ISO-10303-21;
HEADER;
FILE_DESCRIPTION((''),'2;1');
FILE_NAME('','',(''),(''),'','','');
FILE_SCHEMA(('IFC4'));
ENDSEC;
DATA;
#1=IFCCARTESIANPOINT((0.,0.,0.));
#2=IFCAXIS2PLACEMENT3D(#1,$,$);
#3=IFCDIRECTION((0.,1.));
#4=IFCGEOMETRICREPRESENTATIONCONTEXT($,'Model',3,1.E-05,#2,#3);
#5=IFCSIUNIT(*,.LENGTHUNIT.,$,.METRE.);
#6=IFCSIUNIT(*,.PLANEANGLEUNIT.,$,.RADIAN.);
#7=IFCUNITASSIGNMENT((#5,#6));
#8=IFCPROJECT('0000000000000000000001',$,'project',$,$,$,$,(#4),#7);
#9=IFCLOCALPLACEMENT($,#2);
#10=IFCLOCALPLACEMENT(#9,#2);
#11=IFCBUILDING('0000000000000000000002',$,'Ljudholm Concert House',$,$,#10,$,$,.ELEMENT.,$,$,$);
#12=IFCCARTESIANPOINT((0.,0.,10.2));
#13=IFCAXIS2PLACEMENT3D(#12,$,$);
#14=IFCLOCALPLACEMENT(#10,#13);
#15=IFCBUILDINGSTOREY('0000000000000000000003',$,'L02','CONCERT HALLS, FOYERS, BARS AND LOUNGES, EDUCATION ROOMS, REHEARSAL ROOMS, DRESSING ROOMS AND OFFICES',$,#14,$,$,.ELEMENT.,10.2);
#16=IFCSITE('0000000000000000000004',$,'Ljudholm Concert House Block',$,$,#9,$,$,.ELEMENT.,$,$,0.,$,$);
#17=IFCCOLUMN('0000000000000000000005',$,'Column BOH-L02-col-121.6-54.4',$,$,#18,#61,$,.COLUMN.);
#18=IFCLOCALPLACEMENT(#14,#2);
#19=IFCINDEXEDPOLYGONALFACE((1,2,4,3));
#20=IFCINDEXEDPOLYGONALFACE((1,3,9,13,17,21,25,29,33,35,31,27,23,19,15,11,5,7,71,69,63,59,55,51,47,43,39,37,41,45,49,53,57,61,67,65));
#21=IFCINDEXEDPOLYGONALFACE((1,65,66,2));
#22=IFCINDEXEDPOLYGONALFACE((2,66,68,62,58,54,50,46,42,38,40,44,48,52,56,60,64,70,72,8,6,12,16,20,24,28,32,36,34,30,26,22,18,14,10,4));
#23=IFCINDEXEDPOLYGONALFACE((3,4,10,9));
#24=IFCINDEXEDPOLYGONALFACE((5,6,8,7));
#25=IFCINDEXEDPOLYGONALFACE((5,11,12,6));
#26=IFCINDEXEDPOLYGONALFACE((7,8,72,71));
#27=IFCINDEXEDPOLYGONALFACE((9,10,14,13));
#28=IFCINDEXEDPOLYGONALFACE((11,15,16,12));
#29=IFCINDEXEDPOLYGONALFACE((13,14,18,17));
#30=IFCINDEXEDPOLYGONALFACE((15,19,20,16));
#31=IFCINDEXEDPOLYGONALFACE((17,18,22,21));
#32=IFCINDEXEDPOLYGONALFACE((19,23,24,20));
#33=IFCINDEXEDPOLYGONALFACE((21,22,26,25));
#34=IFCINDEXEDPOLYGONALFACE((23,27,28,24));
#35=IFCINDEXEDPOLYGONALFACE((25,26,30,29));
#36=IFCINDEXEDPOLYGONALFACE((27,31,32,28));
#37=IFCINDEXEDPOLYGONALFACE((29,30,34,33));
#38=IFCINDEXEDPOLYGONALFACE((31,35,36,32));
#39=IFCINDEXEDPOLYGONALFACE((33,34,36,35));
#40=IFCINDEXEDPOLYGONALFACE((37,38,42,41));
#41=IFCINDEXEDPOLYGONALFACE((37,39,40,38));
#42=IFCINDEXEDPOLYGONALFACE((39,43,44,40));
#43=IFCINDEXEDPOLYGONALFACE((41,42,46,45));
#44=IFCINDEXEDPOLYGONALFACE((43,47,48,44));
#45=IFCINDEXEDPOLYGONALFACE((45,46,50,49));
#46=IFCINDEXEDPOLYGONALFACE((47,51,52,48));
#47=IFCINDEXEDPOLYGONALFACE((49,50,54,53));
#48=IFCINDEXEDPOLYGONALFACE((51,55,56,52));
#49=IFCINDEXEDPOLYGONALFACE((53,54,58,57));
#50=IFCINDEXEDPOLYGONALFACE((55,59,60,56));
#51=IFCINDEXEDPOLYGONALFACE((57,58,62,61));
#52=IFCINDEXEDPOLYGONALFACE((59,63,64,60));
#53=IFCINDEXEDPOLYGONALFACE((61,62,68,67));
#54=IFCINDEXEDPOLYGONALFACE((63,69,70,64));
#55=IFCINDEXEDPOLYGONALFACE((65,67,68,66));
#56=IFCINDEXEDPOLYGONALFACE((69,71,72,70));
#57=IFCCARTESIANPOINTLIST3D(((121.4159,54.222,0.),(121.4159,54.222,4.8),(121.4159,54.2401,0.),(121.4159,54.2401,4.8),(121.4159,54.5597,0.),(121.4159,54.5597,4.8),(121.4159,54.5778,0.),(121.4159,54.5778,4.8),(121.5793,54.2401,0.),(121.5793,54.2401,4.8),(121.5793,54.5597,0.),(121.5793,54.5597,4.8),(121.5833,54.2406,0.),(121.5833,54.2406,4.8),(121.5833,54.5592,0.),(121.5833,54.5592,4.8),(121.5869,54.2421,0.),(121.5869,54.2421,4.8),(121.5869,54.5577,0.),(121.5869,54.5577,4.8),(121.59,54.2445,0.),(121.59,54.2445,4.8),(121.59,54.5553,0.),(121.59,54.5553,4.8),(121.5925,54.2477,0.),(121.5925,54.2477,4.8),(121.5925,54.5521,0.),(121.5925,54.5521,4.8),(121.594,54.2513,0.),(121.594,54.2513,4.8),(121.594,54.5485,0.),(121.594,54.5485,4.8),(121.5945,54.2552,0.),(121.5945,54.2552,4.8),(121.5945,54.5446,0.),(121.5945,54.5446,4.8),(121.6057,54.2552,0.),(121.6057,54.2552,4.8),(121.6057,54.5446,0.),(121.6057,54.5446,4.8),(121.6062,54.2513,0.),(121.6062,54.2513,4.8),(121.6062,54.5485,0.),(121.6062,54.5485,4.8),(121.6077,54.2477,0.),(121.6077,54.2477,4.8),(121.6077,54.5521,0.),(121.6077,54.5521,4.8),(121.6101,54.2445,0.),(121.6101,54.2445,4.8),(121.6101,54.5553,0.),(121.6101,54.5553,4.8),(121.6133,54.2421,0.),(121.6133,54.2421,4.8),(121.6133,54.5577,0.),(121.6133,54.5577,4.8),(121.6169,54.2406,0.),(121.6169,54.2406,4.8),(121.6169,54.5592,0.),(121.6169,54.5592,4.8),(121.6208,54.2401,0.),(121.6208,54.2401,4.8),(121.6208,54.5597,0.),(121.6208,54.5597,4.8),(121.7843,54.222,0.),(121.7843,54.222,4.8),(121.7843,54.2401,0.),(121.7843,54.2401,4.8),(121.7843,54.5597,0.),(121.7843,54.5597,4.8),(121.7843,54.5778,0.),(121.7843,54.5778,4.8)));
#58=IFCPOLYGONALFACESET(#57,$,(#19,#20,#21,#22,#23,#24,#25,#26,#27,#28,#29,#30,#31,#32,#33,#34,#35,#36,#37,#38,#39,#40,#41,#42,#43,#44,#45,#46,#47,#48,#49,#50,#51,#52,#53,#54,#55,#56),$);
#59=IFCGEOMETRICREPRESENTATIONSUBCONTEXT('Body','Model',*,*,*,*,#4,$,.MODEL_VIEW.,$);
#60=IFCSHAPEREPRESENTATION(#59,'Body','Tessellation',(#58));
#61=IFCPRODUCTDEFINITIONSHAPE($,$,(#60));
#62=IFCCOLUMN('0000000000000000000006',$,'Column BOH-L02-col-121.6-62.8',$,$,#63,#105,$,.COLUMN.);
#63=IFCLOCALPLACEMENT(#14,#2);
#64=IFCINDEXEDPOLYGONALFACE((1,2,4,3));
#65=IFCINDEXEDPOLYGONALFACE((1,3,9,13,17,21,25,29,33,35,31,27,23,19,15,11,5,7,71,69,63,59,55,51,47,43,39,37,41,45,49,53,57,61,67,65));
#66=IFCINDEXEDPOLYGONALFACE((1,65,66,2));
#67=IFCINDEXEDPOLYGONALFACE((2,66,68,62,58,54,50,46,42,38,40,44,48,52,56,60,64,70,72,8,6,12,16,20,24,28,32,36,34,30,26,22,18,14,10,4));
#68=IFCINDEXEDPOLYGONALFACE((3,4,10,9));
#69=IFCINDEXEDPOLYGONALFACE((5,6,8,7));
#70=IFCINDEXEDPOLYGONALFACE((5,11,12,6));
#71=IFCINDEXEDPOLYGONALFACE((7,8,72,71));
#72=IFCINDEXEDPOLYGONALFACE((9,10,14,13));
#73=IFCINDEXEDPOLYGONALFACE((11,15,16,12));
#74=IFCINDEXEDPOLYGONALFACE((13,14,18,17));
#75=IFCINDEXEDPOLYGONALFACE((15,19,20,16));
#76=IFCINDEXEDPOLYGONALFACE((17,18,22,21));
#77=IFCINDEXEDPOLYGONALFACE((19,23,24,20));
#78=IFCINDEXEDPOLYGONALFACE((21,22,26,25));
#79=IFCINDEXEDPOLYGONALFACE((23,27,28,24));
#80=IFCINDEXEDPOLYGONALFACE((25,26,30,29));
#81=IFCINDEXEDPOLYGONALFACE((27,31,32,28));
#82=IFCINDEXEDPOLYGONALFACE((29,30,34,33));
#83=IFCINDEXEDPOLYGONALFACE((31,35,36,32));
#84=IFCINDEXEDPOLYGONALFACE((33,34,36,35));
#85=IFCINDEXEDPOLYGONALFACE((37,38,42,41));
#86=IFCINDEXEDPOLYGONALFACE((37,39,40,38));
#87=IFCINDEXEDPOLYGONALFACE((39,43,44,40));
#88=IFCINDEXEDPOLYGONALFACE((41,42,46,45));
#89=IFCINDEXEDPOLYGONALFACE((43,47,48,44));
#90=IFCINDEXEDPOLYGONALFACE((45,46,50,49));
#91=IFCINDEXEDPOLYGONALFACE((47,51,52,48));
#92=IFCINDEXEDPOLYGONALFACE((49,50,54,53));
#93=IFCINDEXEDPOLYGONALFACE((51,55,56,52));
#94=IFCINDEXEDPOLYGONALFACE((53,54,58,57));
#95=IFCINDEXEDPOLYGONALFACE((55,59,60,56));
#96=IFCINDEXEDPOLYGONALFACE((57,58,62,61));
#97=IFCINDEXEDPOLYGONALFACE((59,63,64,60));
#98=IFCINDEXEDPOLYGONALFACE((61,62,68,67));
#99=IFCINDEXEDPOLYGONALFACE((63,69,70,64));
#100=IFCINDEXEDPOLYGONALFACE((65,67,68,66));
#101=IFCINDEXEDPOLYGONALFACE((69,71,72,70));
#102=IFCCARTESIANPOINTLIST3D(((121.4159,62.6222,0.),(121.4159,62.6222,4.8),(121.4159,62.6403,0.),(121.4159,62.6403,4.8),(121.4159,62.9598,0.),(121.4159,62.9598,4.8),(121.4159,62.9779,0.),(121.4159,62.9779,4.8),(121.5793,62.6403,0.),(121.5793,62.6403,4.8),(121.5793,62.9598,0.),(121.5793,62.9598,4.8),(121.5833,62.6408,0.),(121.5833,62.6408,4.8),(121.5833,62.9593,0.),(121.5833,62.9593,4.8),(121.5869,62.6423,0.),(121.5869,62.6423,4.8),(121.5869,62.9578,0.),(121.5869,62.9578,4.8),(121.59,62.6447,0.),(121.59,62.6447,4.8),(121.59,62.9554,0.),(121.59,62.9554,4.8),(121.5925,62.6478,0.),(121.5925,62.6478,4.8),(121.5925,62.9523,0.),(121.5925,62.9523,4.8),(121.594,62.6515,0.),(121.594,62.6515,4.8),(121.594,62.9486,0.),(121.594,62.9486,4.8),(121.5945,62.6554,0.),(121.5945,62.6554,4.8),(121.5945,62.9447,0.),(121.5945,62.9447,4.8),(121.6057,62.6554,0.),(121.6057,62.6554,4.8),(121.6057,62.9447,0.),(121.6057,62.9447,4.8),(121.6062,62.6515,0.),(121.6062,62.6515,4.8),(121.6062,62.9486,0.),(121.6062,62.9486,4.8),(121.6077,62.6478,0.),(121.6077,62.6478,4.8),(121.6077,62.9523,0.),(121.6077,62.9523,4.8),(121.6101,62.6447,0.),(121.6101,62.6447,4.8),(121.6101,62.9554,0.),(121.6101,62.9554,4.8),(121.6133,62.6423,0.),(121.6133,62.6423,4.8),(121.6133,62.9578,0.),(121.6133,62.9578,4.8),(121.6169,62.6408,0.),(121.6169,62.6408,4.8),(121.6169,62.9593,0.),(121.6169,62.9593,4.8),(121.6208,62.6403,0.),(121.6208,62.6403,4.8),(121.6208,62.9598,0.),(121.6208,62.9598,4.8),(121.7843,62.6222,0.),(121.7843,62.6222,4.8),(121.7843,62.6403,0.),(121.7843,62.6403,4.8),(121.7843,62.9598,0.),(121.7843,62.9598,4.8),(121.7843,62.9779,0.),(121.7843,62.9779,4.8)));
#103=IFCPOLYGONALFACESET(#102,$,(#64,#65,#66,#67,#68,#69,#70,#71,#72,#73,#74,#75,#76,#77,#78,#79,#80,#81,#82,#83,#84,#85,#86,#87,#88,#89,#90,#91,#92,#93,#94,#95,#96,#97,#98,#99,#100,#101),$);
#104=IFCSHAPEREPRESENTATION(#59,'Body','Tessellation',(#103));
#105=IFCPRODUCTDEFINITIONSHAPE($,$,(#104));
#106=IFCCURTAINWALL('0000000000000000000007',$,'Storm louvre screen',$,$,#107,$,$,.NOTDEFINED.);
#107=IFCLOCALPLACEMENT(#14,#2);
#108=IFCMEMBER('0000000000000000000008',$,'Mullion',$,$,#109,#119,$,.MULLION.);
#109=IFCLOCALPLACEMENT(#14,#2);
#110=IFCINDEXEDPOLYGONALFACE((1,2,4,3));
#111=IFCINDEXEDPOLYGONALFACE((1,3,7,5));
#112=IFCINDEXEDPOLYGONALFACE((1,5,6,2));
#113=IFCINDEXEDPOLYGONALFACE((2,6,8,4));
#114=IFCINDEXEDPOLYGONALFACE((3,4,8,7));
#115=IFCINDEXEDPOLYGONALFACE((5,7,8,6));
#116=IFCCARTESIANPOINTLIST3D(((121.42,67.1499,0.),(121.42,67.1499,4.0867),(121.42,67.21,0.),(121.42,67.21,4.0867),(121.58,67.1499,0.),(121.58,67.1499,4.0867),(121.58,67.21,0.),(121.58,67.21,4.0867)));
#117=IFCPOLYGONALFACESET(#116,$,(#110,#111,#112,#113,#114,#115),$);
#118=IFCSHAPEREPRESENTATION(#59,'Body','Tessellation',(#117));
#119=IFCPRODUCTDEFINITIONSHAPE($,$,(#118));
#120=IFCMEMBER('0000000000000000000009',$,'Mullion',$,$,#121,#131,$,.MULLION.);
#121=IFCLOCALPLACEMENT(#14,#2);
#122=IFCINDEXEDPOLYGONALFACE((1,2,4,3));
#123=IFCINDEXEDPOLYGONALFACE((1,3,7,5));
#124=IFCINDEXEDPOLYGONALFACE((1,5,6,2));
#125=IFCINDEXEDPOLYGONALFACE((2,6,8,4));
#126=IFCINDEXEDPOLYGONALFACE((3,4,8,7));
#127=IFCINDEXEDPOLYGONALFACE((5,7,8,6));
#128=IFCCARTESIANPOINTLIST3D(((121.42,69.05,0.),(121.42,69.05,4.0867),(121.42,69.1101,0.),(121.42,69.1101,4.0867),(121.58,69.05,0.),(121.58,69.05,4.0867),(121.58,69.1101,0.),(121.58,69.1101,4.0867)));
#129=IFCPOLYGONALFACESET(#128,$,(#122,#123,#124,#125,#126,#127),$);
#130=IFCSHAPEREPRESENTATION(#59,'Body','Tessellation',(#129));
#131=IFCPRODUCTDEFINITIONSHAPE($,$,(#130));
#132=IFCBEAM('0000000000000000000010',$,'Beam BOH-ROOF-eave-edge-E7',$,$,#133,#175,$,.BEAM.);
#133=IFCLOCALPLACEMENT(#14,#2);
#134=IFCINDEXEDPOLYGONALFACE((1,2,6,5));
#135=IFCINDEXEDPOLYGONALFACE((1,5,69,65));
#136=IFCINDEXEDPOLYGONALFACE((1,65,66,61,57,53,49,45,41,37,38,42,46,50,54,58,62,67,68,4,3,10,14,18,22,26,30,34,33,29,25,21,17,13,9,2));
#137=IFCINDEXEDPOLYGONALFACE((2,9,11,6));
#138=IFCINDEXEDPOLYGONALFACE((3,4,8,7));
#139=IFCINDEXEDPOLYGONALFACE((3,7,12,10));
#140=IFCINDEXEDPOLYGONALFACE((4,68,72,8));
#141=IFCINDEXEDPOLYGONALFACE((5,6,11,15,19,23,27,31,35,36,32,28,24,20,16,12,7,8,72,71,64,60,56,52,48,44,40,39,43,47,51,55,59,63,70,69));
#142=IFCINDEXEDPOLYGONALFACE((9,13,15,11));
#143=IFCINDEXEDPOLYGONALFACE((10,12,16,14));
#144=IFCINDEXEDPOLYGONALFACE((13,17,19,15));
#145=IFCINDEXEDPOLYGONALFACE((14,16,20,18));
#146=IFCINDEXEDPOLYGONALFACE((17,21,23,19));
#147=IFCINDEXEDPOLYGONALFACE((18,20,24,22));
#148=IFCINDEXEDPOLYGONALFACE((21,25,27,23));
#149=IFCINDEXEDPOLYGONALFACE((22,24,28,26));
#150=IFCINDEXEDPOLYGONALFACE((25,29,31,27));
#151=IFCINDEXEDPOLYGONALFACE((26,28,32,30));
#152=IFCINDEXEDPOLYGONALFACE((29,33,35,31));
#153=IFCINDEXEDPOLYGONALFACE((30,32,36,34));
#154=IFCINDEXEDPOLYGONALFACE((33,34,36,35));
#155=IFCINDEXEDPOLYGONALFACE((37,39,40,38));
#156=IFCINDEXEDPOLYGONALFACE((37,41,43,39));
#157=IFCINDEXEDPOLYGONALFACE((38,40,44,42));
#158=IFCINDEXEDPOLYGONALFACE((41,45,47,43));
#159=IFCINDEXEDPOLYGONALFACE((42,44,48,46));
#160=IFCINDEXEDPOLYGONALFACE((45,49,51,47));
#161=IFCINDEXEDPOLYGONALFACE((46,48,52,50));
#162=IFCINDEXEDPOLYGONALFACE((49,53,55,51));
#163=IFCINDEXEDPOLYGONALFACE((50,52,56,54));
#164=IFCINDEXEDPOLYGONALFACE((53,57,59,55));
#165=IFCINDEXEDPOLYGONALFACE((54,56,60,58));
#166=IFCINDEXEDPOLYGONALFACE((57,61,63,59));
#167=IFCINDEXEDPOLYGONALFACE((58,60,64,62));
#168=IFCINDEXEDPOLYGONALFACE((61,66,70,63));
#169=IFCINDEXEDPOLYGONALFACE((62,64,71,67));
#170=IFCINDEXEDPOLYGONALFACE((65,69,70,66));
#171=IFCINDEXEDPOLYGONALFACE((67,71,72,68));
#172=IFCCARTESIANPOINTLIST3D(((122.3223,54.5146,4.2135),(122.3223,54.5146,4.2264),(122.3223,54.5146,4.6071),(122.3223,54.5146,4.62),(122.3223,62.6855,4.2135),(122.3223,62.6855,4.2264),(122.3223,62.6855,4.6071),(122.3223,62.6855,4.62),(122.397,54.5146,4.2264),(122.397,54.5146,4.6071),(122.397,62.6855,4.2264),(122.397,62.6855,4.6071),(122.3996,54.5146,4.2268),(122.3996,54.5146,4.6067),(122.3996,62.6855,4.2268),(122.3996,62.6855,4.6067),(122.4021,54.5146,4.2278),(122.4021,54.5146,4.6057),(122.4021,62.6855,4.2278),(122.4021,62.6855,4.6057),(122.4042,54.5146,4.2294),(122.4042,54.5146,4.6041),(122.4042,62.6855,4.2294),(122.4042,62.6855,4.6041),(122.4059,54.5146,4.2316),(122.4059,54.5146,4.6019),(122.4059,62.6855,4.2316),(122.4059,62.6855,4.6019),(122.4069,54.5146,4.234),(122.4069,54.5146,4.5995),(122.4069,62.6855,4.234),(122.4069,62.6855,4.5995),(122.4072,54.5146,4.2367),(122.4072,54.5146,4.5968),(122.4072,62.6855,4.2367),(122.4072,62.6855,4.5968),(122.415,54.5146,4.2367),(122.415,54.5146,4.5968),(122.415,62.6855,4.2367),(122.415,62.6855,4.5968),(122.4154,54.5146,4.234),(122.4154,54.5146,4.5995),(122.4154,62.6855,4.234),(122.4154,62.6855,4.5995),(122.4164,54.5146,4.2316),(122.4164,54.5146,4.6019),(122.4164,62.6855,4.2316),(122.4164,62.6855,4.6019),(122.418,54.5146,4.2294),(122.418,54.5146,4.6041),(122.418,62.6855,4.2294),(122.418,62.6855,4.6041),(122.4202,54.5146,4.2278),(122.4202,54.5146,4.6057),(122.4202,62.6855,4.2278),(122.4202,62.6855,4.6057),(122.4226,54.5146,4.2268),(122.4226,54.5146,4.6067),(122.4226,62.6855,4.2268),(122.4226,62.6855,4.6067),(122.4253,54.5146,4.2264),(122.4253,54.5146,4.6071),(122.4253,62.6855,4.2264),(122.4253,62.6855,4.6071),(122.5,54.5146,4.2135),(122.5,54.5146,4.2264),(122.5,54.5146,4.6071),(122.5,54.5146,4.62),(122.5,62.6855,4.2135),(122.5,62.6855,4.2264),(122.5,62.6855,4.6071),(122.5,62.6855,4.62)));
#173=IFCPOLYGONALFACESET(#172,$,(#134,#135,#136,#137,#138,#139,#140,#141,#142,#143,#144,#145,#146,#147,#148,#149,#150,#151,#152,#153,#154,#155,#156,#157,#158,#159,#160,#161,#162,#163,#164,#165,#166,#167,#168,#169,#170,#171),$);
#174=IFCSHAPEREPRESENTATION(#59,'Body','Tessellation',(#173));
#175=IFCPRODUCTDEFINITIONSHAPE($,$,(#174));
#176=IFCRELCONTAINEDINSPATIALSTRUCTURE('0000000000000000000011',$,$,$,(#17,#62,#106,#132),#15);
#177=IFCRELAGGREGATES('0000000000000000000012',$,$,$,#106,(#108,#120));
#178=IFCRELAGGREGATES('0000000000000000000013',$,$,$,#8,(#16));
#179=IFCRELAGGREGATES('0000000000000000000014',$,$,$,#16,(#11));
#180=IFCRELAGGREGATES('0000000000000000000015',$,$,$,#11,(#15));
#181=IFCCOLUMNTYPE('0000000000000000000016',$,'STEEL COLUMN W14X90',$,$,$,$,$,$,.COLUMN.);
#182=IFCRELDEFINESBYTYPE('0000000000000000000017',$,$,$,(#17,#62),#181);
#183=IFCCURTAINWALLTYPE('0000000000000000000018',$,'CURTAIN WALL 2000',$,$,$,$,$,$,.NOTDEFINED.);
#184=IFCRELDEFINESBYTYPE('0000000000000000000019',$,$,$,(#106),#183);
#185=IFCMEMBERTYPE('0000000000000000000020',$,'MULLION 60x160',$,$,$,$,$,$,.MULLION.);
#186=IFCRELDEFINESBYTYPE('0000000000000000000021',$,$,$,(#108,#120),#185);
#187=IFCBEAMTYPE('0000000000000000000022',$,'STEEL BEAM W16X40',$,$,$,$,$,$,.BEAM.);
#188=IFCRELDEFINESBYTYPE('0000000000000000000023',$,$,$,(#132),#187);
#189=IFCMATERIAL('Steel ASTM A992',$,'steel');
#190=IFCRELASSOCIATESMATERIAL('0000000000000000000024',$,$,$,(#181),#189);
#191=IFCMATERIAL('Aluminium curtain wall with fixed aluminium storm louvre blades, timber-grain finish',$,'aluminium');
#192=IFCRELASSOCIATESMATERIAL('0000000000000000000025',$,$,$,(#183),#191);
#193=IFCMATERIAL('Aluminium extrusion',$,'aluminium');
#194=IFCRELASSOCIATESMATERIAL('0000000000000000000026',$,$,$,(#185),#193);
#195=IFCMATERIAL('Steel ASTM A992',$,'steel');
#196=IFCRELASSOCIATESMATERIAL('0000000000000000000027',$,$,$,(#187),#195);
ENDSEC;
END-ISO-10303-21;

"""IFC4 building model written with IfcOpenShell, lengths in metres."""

from ifc_helpers import new_model, si_unit, direction, frame, origin, origin_2d, place, context, subcontext, project, spatial, rectangle, i_section, extrude, material, material_profile, profile_set, type_object, element, aggregate, save


model = new_model("IFC4")

# Units and contexts
model_context = context("Model", 3, precision=1e-05, world=origin(), true_north=direction((0.0, 1.0)))
body_context = subcontext(model_context, "Body", "Model", "MODEL_VIEW")
ifc_project = project(units=[si_unit("LENGTHUNIT", "METRE"), si_unit("PLANEANGLEUNIT", "RADIAN")], contexts=[model_context])

# Site, building, storey
site_placement = place(None, origin())
site = spatial("IfcSite", under=ifc_project, at=site_placement, Name="Ljudholm Concert House Block", CompositionType="ELEMENT", RefElevation=0.0)
building_placement = place(site_placement, origin())
building = spatial("IfcBuilding", under=site, at=building_placement, Name="Ljudholm Concert House", CompositionType="ELEMENT")
storey_placement = place(building_placement, frame((0.0, 0.0, 10.2)))
storey = spatial("IfcBuildingStorey", under=building, at=storey_placement, Name="L02", Description="CONCERT HALLS, FOYERS, BARS AND LOUNGES, EDUCATION ROOMS, REHEARSAL ROOMS, DRESSING ROOMS AND OFFICES", CompositionType="ELEMENT", Elevation=10.2)

# Columns
ifc_material_1 = material(Name="Steel ASTM A992", Category="steel")
ifc_material_profile_1 = material_profile(ifc_material_1, i_section(OverallWidth=0.3684, OverallDepth=0.3557, WebThickness=0.0112, FlangeThickness=0.0181, FilletRadius=0.0151, at=origin_2d()), Name="W14X90")
ifc_profile_set_1 = profile_set([ifc_material_profile_1], Name="Steel ASTM A992")
column_type = type_object("IfcColumnType", Name="STEEL COLUMN W14X90", PredefinedType="COLUMN", material=ifc_profile_set_1)
for number, where, z_axis, x_axis, name in (
    (1, (121.6001, 54.3999, 0.0), (0.0, 0.0, 1.0), (1.0, 0.0, 0.0), "Column BOH-L02-col-121.6-54.4"),
    (2, (121.6001, 62.8, 0.0), (0.0, 0.0, 1.0), (1.0, 0.0, 0.0), "Column BOH-L02-col-121.6-62.8"),
):
    element("IfcColumn", number, at=place(storey_placement, frame(where, z_axis=z_axis, x_axis=x_axis)), inside=storey, type_object=column_type, Name=name, PredefinedType="COLUMN", context=body_context, shape_type="SweptSolid", body=[
        extrude(i_section(OverallWidth=0.3684, OverallDepth=0.3557, WebThickness=0.0112, FlangeThickness=0.0181, FilletRadius=0.0151, at=origin_2d()), origin(), (0.0, 0.0, 1.0), 4.8),
    ])

# Curtain wall, members
ifc_material_2 = material(Name="Aluminium curtain wall with fixed aluminium storm louvre blades, timber-grain finish", Category="aluminium")
curtain_wall_type = type_object("IfcCurtainWallType", Name="CURTAIN WALL 2000", PredefinedType="NOTDEFINED", material=ifc_material_2)
curtain_wall_placement = place(storey_placement, origin())
curtain_wall = element("IfcCurtainWall", 3, at=curtain_wall_placement, inside=storey, type_object=curtain_wall_type, Name="Storm louvre screen", PredefinedType="NOTDEFINED")
ifc_material_3 = material(Name="Aluminium extrusion", Category="aluminium")
ifc_material_profile_2 = material_profile(ifc_material_3, rectangle(XDim=0.1599, YDim=0.0601, at=origin_2d()), Name="MULLION 60x160")
ifc_profile_set_2 = profile_set([ifc_material_profile_2], Name="Aluminium extrusion")
member_type_1 = type_object("IfcMemberType", Name="MULLION 60x160", PredefinedType="MULLION", material=ifc_profile_set_2)
member_1_placement = place(storey_placement, frame((121.5, 67.1799, 0.0), z_axis=(0.0, 0.0, 1.0), x_axis=(-1.0, 0.0, 0.0)))
member_1 = element("IfcMember", 4, at=member_1_placement, type_object=member_type_1, Name="Mullion", PredefinedType="MULLION", context=body_context, shape_type="SweptSolid", body=[
    extrude(rectangle(XDim=0.1599, YDim=0.0601, at=origin_2d()), origin(), (0.0, 0.0, 1.0), 4.0867),
])
member_2_placement = place(storey_placement, frame((121.5, 69.0801, 0.0), z_axis=(0.0, 0.0, 1.0), x_axis=(-1.0, 0.0, 0.0)))
member_2 = element("IfcMember", 5, at=member_2_placement, type_object=member_type_1, Name="Mullion", PredefinedType="MULLION", context=body_context, shape_type="SweptSolid", body=[
    extrude(rectangle(XDim=0.1599, YDim=0.0601, at=origin_2d()), origin(), (0.0, 0.0, 1.0), 4.0867),
])

# Beam
ifc_material_4 = material(Name="Steel ASTM A992", Category="steel")
ifc_material_profile_3 = material_profile(ifc_material_4, i_section(OverallWidth=0.1777, OverallDepth=0.4065, WebThickness=0.0078, FlangeThickness=0.0129, FilletRadius=0.0103, at=origin_2d()), Name="W16X40")
ifc_profile_set_3 = profile_set([ifc_material_profile_3], Name="Steel ASTM A992")
beam_type_1 = type_object("IfcBeamType", Name="STEEL BEAM W16X40", PredefinedType="BEAM", material=ifc_profile_set_3)
for number, where, z_axis, x_axis, name in (
    (6, (122.4111, 54.5146, 4.4167), (0.0, 1.0, 0.0), (-1.0, 0.0, 0.0), "Beam BOH-ROOF-eave-edge-E7"),
):
    element("IfcBeam", number, at=place(storey_placement, frame(where, z_axis=z_axis, x_axis=x_axis)), inside=storey, type_object=beam_type_1, Name=name, PredefinedType="BEAM", context=body_context, shape_type="SweptSolid", body=[
        extrude(i_section(OverallWidth=0.1777, OverallDepth=0.4065, WebThickness=0.0078, FlangeThickness=0.0129, FilletRadius=0.0103, at=origin_2d()), origin(), (0.0, 0.0, 1.0), 8.1709),
    ])

aggregate(curtain_wall, [member_1, member_2])

save(model, "model.ifc")
